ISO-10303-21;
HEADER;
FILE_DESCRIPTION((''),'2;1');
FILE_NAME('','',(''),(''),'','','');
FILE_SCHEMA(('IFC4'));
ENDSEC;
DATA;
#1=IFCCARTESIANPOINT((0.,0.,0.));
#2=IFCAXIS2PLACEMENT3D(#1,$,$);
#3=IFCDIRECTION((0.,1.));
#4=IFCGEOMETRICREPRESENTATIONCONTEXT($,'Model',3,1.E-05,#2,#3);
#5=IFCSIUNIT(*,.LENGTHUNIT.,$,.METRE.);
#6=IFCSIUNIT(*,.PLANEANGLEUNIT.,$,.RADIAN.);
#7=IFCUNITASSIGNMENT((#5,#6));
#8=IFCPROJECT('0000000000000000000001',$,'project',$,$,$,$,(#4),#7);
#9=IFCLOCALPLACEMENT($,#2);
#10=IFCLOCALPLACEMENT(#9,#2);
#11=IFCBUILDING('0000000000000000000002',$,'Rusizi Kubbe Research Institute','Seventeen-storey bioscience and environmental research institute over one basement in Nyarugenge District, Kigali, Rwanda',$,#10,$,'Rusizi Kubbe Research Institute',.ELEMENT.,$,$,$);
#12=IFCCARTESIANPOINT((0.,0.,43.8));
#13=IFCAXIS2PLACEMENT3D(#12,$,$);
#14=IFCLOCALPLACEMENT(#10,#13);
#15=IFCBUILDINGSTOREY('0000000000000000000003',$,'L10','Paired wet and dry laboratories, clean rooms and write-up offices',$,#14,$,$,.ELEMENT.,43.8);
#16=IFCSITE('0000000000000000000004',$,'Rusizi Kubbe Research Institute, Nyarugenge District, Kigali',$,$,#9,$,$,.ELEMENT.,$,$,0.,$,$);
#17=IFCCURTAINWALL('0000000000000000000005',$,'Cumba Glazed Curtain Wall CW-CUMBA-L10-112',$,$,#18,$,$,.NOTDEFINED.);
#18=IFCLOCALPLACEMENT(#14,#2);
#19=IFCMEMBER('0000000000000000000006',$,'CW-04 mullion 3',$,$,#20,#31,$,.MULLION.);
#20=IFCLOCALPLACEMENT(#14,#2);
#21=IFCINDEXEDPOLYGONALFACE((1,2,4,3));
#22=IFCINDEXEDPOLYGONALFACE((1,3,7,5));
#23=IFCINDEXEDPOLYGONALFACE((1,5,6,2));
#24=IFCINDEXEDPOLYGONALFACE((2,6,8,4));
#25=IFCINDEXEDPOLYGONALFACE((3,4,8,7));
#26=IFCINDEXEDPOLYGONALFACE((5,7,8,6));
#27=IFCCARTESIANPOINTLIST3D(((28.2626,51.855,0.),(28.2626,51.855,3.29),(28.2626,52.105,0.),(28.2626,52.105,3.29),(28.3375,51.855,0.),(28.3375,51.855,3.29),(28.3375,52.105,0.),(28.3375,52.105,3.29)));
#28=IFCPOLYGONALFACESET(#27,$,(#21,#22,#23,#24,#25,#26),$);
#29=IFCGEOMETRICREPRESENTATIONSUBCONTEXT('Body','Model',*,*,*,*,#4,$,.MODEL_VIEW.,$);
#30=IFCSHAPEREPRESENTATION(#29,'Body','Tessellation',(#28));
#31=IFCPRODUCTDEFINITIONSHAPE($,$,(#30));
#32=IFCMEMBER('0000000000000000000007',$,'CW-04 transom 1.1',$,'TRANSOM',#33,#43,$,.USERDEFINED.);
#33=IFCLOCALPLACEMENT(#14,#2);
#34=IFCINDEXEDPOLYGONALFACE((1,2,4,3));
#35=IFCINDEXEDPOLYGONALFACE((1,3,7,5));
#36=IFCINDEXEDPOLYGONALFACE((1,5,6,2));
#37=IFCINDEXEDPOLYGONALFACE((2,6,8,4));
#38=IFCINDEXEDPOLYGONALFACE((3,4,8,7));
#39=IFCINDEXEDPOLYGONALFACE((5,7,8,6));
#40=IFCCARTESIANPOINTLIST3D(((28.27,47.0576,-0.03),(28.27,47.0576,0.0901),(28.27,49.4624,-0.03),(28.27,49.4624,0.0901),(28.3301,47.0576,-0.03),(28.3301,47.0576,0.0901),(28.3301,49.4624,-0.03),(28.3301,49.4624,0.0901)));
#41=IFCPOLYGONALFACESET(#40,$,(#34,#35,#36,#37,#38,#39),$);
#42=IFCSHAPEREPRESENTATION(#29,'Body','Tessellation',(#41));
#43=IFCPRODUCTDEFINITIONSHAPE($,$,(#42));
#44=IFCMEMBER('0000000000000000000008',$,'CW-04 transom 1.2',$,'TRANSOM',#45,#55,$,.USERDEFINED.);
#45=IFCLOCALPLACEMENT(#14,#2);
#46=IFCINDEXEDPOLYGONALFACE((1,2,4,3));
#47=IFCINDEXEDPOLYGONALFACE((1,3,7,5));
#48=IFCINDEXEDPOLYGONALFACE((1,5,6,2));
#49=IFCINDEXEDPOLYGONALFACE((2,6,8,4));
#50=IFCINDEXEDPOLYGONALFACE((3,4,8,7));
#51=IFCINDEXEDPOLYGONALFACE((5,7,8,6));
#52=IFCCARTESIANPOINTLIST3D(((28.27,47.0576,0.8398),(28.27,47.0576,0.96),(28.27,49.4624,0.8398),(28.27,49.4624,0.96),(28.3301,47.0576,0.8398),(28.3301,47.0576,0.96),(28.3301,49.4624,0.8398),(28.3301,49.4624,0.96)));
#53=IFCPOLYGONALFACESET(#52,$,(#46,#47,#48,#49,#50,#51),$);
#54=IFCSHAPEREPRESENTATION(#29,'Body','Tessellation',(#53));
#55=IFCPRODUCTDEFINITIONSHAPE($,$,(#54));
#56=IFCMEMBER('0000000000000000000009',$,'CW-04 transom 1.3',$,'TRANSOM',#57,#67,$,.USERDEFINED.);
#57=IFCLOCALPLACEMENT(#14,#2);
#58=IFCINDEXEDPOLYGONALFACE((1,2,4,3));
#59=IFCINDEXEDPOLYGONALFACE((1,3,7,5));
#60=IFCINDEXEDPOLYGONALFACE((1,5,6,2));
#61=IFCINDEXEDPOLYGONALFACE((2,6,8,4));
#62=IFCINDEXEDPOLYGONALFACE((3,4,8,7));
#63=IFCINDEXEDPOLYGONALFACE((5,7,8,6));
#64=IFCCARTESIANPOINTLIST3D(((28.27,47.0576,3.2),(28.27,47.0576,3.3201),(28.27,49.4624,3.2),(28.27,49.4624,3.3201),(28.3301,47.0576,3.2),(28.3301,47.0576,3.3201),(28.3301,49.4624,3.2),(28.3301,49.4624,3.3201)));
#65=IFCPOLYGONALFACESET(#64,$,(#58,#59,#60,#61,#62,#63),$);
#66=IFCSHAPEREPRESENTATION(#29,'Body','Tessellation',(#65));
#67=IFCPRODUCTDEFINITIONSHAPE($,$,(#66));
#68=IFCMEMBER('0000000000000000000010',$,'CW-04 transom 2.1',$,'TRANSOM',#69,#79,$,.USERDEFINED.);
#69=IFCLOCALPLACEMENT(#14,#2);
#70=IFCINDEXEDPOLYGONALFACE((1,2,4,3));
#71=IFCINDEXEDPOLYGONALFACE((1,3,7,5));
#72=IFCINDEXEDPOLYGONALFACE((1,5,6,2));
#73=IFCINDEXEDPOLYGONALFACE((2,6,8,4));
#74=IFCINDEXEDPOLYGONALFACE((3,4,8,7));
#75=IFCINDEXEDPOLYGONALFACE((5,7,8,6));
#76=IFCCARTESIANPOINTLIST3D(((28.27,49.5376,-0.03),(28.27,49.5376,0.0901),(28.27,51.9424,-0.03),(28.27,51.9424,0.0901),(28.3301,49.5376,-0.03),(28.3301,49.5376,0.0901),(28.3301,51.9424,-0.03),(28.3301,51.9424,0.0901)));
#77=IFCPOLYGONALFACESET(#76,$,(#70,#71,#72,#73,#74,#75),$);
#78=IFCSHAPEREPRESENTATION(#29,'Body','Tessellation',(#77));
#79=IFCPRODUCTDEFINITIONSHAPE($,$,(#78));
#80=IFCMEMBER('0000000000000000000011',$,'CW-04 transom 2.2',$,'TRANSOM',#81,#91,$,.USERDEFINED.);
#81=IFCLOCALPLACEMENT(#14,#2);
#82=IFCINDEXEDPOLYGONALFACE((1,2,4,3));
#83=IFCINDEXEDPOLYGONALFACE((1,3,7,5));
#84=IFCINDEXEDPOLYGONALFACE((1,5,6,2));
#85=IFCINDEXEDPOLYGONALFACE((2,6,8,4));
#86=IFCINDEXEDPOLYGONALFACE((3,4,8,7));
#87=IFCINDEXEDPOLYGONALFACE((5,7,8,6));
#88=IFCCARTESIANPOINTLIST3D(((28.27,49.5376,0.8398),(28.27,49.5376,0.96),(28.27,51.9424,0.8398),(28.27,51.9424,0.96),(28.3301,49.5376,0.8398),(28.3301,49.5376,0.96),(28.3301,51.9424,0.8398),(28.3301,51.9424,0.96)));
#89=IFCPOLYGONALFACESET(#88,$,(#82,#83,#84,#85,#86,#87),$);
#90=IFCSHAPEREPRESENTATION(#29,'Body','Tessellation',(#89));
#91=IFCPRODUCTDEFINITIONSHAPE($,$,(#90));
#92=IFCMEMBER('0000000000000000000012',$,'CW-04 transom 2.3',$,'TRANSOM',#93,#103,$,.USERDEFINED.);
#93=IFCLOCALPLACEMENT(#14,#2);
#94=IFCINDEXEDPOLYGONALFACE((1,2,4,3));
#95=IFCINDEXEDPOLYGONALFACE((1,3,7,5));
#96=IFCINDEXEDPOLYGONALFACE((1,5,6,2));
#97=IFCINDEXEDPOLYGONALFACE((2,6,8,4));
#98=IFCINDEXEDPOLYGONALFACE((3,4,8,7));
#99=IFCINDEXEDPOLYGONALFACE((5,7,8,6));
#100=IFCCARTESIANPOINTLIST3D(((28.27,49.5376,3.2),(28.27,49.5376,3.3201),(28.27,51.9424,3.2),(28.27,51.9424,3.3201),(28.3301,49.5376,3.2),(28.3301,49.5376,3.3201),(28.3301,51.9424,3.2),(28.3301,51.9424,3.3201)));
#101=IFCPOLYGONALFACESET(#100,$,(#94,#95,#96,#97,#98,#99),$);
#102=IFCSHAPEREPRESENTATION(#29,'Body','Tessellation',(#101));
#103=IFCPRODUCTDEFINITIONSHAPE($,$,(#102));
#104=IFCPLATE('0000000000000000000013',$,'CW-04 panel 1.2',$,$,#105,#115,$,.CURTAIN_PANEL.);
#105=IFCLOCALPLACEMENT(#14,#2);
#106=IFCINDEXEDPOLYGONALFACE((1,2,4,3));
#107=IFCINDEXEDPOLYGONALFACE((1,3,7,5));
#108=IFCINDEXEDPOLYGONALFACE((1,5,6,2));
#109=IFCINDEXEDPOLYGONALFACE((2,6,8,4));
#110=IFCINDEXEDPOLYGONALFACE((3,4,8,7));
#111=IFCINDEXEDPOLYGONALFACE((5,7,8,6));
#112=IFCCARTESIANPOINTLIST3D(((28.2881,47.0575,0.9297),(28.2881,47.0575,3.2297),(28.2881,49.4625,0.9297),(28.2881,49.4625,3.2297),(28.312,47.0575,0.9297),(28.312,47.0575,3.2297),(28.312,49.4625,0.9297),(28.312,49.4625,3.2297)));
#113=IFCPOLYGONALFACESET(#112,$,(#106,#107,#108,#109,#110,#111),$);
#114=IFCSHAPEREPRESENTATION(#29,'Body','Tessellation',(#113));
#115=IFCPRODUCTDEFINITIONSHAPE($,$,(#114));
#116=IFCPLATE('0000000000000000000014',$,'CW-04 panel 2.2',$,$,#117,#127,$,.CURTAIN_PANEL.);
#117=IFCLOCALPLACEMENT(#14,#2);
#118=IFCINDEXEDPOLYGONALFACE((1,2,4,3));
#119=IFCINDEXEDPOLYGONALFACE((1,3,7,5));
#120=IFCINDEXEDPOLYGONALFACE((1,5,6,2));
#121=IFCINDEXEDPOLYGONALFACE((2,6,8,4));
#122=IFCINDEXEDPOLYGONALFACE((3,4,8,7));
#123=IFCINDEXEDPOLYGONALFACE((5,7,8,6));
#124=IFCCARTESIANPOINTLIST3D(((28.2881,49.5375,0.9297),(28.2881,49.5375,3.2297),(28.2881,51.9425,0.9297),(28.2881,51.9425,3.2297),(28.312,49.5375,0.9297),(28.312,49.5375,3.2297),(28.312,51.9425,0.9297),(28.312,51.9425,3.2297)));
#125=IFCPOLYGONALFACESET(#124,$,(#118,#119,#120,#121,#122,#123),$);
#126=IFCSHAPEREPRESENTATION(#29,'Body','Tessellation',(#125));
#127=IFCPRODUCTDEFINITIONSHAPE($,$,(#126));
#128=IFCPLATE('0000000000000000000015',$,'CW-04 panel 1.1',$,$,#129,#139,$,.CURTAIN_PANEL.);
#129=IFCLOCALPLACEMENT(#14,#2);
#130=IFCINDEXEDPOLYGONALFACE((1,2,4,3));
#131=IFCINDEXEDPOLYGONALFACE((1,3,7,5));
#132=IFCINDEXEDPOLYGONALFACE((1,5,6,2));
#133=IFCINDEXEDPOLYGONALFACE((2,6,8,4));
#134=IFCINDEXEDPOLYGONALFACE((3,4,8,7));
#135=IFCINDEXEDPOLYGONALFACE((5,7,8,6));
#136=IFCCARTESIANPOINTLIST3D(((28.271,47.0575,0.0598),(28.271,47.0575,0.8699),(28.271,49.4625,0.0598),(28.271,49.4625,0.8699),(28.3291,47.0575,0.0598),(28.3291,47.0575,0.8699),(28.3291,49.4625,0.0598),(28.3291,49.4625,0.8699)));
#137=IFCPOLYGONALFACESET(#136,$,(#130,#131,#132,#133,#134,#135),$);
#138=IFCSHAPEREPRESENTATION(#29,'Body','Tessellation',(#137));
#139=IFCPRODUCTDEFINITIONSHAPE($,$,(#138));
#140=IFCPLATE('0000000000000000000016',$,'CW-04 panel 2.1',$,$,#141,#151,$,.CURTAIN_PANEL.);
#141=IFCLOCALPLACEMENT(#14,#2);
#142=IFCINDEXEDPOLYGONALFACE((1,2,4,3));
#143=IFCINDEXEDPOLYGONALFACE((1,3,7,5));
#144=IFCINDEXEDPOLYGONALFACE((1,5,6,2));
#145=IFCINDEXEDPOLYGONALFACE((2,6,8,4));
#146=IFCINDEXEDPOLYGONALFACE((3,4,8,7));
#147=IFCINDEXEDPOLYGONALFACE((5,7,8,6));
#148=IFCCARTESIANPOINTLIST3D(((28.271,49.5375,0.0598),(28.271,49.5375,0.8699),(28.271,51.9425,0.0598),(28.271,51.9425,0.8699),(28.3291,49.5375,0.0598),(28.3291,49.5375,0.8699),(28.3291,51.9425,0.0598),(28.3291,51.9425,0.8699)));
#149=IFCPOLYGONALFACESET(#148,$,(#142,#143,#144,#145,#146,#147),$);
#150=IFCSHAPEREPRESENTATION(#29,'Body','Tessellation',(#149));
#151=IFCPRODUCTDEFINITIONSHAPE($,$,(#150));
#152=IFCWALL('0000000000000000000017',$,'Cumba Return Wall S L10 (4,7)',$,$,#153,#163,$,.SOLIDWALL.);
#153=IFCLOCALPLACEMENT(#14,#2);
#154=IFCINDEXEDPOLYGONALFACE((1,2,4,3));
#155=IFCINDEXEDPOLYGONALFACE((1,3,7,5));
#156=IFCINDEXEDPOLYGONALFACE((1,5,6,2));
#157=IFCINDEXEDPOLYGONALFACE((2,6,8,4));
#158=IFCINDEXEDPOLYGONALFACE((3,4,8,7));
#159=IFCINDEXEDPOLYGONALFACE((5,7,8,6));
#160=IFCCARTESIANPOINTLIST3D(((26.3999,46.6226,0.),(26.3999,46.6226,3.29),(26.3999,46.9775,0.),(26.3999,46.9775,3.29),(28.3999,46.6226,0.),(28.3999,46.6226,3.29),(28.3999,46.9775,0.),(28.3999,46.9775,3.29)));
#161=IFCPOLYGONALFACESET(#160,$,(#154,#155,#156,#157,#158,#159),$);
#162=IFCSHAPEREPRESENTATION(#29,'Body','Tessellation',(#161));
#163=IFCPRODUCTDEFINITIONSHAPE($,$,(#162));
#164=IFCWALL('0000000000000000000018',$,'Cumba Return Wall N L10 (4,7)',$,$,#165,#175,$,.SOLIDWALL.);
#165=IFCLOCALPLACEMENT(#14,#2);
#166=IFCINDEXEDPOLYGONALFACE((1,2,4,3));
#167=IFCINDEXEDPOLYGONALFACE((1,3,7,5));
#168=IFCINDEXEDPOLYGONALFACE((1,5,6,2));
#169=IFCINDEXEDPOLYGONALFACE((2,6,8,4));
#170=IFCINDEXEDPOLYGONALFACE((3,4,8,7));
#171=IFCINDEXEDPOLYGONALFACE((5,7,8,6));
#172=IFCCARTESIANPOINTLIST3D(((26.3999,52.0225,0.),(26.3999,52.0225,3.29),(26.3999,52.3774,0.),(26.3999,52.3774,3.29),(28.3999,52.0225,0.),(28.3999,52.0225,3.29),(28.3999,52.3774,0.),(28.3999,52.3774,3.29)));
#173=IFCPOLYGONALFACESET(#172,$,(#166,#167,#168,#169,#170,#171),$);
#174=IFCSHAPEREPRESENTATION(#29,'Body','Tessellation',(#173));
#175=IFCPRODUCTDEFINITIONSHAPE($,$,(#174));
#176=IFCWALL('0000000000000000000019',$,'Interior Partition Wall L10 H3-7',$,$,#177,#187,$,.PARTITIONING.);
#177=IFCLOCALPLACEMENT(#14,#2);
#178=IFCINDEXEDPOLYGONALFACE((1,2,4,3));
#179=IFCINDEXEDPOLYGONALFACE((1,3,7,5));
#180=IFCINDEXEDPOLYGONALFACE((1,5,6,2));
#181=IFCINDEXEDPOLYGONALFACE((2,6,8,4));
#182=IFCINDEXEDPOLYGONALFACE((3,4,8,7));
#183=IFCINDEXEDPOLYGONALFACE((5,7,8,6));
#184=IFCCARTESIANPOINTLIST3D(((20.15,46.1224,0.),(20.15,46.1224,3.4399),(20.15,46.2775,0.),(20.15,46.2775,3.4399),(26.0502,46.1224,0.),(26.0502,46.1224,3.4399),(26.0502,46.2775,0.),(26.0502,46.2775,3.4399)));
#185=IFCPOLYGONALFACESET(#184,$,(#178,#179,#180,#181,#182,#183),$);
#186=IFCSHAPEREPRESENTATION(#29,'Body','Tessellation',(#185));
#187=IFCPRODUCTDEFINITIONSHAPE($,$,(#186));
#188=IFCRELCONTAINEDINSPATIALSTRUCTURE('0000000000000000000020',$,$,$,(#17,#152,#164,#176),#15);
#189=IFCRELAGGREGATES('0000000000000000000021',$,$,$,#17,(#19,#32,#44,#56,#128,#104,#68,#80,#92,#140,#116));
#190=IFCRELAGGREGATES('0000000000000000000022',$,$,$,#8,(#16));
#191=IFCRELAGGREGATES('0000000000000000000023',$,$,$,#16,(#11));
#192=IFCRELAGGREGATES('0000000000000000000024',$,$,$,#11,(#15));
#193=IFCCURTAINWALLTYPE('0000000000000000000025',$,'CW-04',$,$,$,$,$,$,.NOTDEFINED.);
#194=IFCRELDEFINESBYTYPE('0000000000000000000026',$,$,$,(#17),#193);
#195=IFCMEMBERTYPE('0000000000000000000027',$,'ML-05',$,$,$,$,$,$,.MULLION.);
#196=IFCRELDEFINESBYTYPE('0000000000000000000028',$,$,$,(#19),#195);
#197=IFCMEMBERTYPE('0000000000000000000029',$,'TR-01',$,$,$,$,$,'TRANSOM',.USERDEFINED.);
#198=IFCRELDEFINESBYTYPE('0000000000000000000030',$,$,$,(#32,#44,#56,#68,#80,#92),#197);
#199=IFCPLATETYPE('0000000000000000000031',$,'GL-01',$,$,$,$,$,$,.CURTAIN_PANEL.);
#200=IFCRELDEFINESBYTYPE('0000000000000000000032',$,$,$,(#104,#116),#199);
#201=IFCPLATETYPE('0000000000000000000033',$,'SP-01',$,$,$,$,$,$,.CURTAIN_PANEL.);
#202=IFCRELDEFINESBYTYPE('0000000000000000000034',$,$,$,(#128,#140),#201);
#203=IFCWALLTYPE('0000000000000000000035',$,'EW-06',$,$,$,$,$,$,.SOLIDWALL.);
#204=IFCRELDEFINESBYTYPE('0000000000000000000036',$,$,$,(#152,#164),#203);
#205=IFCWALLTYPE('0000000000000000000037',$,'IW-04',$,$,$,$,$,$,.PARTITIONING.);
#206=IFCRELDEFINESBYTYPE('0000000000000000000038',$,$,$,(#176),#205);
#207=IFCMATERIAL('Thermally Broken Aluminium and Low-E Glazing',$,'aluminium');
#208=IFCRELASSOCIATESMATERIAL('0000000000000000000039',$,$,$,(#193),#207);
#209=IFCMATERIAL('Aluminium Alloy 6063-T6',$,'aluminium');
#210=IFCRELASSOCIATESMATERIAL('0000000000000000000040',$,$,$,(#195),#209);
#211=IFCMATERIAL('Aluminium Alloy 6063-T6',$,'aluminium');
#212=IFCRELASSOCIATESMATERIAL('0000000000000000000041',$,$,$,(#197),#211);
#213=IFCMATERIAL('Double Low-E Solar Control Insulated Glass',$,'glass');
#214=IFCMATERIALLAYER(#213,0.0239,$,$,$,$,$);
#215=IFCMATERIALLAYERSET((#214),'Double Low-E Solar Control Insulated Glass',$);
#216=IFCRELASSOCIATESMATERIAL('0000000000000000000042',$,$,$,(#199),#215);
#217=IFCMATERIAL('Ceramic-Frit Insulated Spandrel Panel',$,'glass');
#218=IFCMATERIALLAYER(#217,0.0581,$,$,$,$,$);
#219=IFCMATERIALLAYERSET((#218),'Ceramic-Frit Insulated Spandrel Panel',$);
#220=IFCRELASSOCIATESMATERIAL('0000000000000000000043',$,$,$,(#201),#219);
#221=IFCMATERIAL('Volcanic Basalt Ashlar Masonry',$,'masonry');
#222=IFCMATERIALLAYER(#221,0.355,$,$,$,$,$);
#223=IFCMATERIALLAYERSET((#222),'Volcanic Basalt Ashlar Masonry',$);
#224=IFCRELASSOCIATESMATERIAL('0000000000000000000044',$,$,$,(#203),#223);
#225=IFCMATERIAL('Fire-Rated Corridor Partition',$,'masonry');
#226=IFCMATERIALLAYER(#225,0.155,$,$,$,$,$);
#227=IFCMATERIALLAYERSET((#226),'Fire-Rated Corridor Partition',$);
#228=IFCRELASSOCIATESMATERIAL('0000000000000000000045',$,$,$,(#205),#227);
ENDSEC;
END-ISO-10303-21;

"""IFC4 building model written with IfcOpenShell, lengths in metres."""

from ifc_helpers import new_model, si_unit, direction, frame, frame_2d, origin, origin_2d, place, context, subcontext, project, spatial, rectangle, extrude, material, layer, layer_set, material_profile, profile_set, type_object, element, aggregate, save


model = new_model("IFC4")

# Units and contexts
model_context = context("Model", 3, precision=1e-05, world=origin(), true_north=direction((0.0, 1.0)))
body_context = subcontext(model_context, "Body", "Model", "MODEL_VIEW")
ifc_project = project(units=[si_unit("LENGTHUNIT", "METRE"), si_unit("PLANEANGLEUNIT", "RADIAN")], contexts=[model_context])

# Site, building, storey
site_placement = place(None, origin())
site = spatial("IfcSite", under=ifc_project, at=site_placement, Name="Rusizi Kubbe Research Institute, Nyarugenge District, Kigali", CompositionType="ELEMENT", RefElevation=0.0)
building_placement = place(site_placement, origin())
building = spatial("IfcBuilding", under=site, at=building_placement, Name="Rusizi Kubbe Research Institute", Description="Seventeen-storey bioscience and environmental research institute over one basement in Nyarugenge District, Kigali, Rwanda", LongName="Rusizi Kubbe Research Institute", CompositionType="ELEMENT")
storey_placement = place(building_placement, frame((0.0, 0.0, 43.8)))
storey = spatial("IfcBuildingStorey", under=building, at=storey_placement, Name="L10", Description="Paired wet and dry laboratories, clean rooms and write-up offices", CompositionType="ELEMENT", Elevation=43.8)

# Curtain wall, members, plates
ifc_material_1 = material(Name="Thermally Broken Aluminium and Low-E Glazing", Category="aluminium")
curtain_wall_type = type_object("IfcCurtainWallType", Name="CW-04", PredefinedType="NOTDEFINED", material=ifc_material_1)
curtain_wall_placement = place(storey_placement, origin())
curtain_wall = element("IfcCurtainWall", 1, at=curtain_wall_placement, inside=storey, type_object=curtain_wall_type, Name="Cumba Glazed Curtain Wall CW-CUMBA-L10-112", PredefinedType="NOTDEFINED")
ifc_material_2 = material(Name="Aluminium Alloy 6063-T6", Category="aluminium")
ifc_material_profile_1 = material_profile(ifc_material_2, rectangle(XDim=0.075, YDim=0.25, at=origin_2d()), Name="ALU-M 75x250")
ifc_profile_set_1 = profile_set([ifc_material_profile_1], Name="Aluminium Alloy 6063-T6")
member_type_1 = type_object("IfcMemberType", Name="ML-05", PredefinedType="MULLION", material=ifc_profile_set_1)
member_1_placement = place(storey_placement, frame((28.3, 51.98, 0.0), z_axis=(0.0, 0.0, 1.0), x_axis=(-1.0, 0.0, 0.0)))
member_1 = element("IfcMember", 2, at=member_1_placement, type_object=member_type_1, Name="CW-04 mullion 3", PredefinedType="MULLION", context=body_context, shape_type="SweptSolid", body=[
    extrude(rectangle(XDim=0.075, YDim=0.25, at=origin_2d()), origin(), (0.0, 0.0, 1.0), 3.29),
])
ifc_material_3 = material(Name="Aluminium Alloy 6063-T6", Category="aluminium")
ifc_material_profile_2 = material_profile(ifc_material_3, rectangle(XDim=0.0601, YDim=0.1201, at=origin_2d()), Name="ALU-T 60x120")
ifc_profile_set_2 = profile_set([ifc_material_profile_2], Name="Aluminium Alloy 6063-T6")
member_type_2 = type_object("IfcMemberType", Name="TR-01", ElementType="TRANSOM", PredefinedType="USERDEFINED", material=ifc_profile_set_2)
member_2_placement = place(storey_placement, frame((28.3, 47.0576, 0.03), z_axis=(0.0, 1.0, 0.0), x_axis=(-1.0, 0.0, 0.0)))
member_2 = element("IfcMember", 3, at=member_2_placement, type_object=member_type_2, Name="CW-04 transom 1.1", ObjectType="TRANSOM", PredefinedType="USERDEFINED", context=body_context, shape_type="SweptSolid", body=[
    extrude(rectangle(XDim=0.0601, YDim=0.1201, at=origin_2d()), origin(), (0.0, 0.0, 1.0), 2.4048),
])
member_3_placement = place(storey_placement, frame((28.3, 47.0576, 0.8999), z_axis=(0.0, 1.0, 0.0), x_axis=(-1.0, 0.0, 0.0)))
member_3 = element("IfcMember", 4, at=member_3_placement, type_object=member_type_2, Name="CW-04 transom 1.2", ObjectType="TRANSOM", PredefinedType="USERDEFINED", context=body_context, shape_type="SweptSolid", body=[
    extrude(rectangle(XDim=0.0601, YDim=0.1201, at=origin_2d()), origin(), (0.0, 0.0, 1.0), 2.4048),
])
member_4_placement = place(storey_placement, frame((28.3, 47.0576, 3.26), z_axis=(0.0, 1.0, 0.0), x_axis=(-1.0, 0.0, 0.0)))
member_4 = element("IfcMember", 5, at=member_4_placement, type_object=member_type_2, Name="CW-04 transom 1.3", ObjectType="TRANSOM", PredefinedType="USERDEFINED", context=body_context, shape_type="SweptSolid", body=[
    extrude(rectangle(XDim=0.0601, YDim=0.1201, at=origin_2d()), origin(), (0.0, 0.0, 1.0), 2.4048),
])
member_5_placement = place(storey_placement, frame((28.3, 49.5376, 0.03), z_axis=(0.0, 1.0, 0.0), x_axis=(-1.0, 0.0, 0.0)))
member_5 = element("IfcMember", 6, at=member_5_placement, type_object=member_type_2, Name="CW-04 transom 2.1", ObjectType="TRANSOM", PredefinedType="USERDEFINED", context=body_context, shape_type="SweptSolid", body=[
    extrude(rectangle(XDim=0.0601, YDim=0.1201, at=origin_2d()), origin(), (0.0, 0.0, 1.0), 2.4048),
])
member_6_placement = place(storey_placement, frame((28.3, 49.5376, 0.8999), z_axis=(0.0, 1.0, 0.0), x_axis=(-1.0, 0.0, 0.0)))
member_6 = element("IfcMember", 7, at=member_6_placement, type_object=member_type_2, Name="CW-04 transom 2.2", ObjectType="TRANSOM", PredefinedType="USERDEFINED", context=body_context, shape_type="SweptSolid", body=[
    extrude(rectangle(XDim=0.0601, YDim=0.1201, at=origin_2d()), origin(), (0.0, 0.0, 1.0), 2.4048),
])
member_7_placement = place(storey_placement, frame((28.3, 49.5376, 3.26), z_axis=(0.0, 1.0, 0.0), x_axis=(-1.0, 0.0, 0.0)))
member_7 = element("IfcMember", 8, at=member_7_placement, type_object=member_type_2, Name="CW-04 transom 2.3", ObjectType="TRANSOM", PredefinedType="USERDEFINED", context=body_context, shape_type="SweptSolid", body=[
    extrude(rectangle(XDim=0.0601, YDim=0.1201, at=origin_2d()), origin(), (0.0, 0.0, 1.0), 2.4048),
])
ifc_material_4 = material(Name="Double Low-E Solar Control Insulated Glass", Category="glass")
ifc_layer_1 = layer(ifc_material_4, 0.0239)
ifc_layer_set_1 = layer_set([ifc_layer_1], Name="Double Low-E Solar Control Insulated Glass")
plate_type_1 = type_object("IfcPlateType", Name="GL-01", PredefinedType="CURTAIN_PANEL", material=ifc_layer_set_1)
plate_1_placement = place(storey_placement, frame((28.3, 48.26, 0.9297), z_axis=(0.0, 0.0, 1.0), x_axis=(0.0, 1.0, 0.0)))
plate_1 = element("IfcPlate", 9, at=plate_1_placement, type_object=plate_type_1, Name="CW-04 panel 1.2", PredefinedType="CURTAIN_PANEL", context=body_context, shape_type="SweptSolid", body=[
    extrude(rectangle(XDim=2.405, YDim=0.0239, at=origin_2d()), origin(), (0.0, 0.0, 1.0), 2.3),
])
plate_2_placement = place(storey_placement, frame((28.3, 50.74, 0.9297), z_axis=(0.0, 0.0, 1.0), x_axis=(0.0, 1.0, 0.0)))
plate_2 = element("IfcPlate", 10, at=plate_2_placement, type_object=plate_type_1, Name="CW-04 panel 2.2", PredefinedType="CURTAIN_PANEL", context=body_context, shape_type="SweptSolid", body=[
    extrude(rectangle(XDim=2.405, YDim=0.0239, at=origin_2d()), origin(), (0.0, 0.0, 1.0), 2.3),
])
ifc_material_5 = material(Name="Ceramic-Frit Insulated Spandrel Panel", Category="glass")
ifc_layer_2 = layer(ifc_material_5, 0.0581)
ifc_layer_set_2 = layer_set([ifc_layer_2], Name="Ceramic-Frit Insulated Spandrel Panel")
plate_type_2 = type_object("IfcPlateType", Name="SP-01", PredefinedType="CURTAIN_PANEL", material=ifc_layer_set_2)
plate_3_placement = place(storey_placement, frame((28.3, 48.26, 0.0598), z_axis=(0.0, 0.0, 1.0), x_axis=(0.0, 1.0, 0.0)))
plate_3 = element("IfcPlate", 11, at=plate_3_placement, type_object=plate_type_2, Name="CW-04 panel 1.1", PredefinedType="CURTAIN_PANEL", context=body_context, shape_type="SweptSolid", body=[
    extrude(rectangle(XDim=2.405, YDim=0.0581, at=origin_2d()), origin(), (0.0, 0.0, 1.0), 0.8101),
])
plate_4_placement = place(storey_placement, frame((28.3, 50.74, 0.0598), z_axis=(0.0, 0.0, 1.0), x_axis=(0.0, 1.0, 0.0)))
plate_4 = element("IfcPlate", 12, at=plate_4_placement, type_object=plate_type_2, Name="CW-04 panel 2.1", PredefinedType="CURTAIN_PANEL", context=body_context, shape_type="SweptSolid", body=[
    extrude(rectangle(XDim=2.405, YDim=0.0581, at=origin_2d()), origin(), (0.0, 0.0, 1.0), 0.8101),
])
aggregate(curtain_wall, [member_1, member_2, member_3, member_4, plate_3, plate_1, member_5, member_6, member_7, plate_4, plate_2])

# Walls
ifc_material_6 = material(Name="Volcanic Basalt Ashlar Masonry", Category="masonry")
ifc_layer_3 = layer(ifc_material_6, 0.355)
ifc_layer_set_3 = layer_set([ifc_layer_3], Name="Volcanic Basalt Ashlar Masonry")
wall_type_1 = type_object("IfcWallType", Name="EW-06", PredefinedType="SOLIDWALL", material=ifc_layer_set_3)
for number, where, z_axis, x_axis, name in (
    (13, (26.3999, 46.8, 0.0), (0.0, 0.0, 1.0), (1.0, 0.0, 0.0), "Cumba Return Wall S L10 (4,7)"),
    (14, (26.3999, 52.2, 0.0), (0.0, 0.0, 1.0), (1.0, 0.0, 0.0), "Cumba Return Wall N L10 (4,7)"),
):
    element("IfcWall", number, at=place(storey_placement, frame(where, z_axis=z_axis, x_axis=x_axis)), inside=storey, type_object=wall_type_1, Name=name, PredefinedType="SOLIDWALL", context=body_context, shape_type="SweptSolid", body=[
        extrude(rectangle(XDim=2.0, YDim=0.355, at=frame_2d((1.0, 0.0))), origin(), (0.0, 0.0, 1.0), 3.29),
    ])
ifc_material_7 = material(Name="Fire-Rated Corridor Partition", Category="masonry")
ifc_layer_4 = layer(ifc_material_7, 0.155)
ifc_layer_set_4 = layer_set([ifc_layer_4], Name="Fire-Rated Corridor Partition")
wall_type_2 = type_object("IfcWallType", Name="IW-04", PredefinedType="PARTITIONING", material=ifc_layer_set_4)
wall_1_placement = place(storey_placement, frame((20.1499, 46.2, 0.0), z_axis=(0.0, 0.0, 1.0), x_axis=(1.0, 0.0, 0.0)))
element("IfcWall", 15, at=wall_1_placement, inside=storey, type_object=wall_type_2, Name="Interior Partition Wall L10 H3-7", PredefinedType="PARTITIONING", context=body_context, shape_type="SweptSolid", body=[
    extrude(rectangle(XDim=5.9001, YDim=0.155, at=frame_2d((2.9502, 0.0))), origin(), (0.0, 0.0, 1.0), 3.4399),
])

save(model, "model.ifc")
